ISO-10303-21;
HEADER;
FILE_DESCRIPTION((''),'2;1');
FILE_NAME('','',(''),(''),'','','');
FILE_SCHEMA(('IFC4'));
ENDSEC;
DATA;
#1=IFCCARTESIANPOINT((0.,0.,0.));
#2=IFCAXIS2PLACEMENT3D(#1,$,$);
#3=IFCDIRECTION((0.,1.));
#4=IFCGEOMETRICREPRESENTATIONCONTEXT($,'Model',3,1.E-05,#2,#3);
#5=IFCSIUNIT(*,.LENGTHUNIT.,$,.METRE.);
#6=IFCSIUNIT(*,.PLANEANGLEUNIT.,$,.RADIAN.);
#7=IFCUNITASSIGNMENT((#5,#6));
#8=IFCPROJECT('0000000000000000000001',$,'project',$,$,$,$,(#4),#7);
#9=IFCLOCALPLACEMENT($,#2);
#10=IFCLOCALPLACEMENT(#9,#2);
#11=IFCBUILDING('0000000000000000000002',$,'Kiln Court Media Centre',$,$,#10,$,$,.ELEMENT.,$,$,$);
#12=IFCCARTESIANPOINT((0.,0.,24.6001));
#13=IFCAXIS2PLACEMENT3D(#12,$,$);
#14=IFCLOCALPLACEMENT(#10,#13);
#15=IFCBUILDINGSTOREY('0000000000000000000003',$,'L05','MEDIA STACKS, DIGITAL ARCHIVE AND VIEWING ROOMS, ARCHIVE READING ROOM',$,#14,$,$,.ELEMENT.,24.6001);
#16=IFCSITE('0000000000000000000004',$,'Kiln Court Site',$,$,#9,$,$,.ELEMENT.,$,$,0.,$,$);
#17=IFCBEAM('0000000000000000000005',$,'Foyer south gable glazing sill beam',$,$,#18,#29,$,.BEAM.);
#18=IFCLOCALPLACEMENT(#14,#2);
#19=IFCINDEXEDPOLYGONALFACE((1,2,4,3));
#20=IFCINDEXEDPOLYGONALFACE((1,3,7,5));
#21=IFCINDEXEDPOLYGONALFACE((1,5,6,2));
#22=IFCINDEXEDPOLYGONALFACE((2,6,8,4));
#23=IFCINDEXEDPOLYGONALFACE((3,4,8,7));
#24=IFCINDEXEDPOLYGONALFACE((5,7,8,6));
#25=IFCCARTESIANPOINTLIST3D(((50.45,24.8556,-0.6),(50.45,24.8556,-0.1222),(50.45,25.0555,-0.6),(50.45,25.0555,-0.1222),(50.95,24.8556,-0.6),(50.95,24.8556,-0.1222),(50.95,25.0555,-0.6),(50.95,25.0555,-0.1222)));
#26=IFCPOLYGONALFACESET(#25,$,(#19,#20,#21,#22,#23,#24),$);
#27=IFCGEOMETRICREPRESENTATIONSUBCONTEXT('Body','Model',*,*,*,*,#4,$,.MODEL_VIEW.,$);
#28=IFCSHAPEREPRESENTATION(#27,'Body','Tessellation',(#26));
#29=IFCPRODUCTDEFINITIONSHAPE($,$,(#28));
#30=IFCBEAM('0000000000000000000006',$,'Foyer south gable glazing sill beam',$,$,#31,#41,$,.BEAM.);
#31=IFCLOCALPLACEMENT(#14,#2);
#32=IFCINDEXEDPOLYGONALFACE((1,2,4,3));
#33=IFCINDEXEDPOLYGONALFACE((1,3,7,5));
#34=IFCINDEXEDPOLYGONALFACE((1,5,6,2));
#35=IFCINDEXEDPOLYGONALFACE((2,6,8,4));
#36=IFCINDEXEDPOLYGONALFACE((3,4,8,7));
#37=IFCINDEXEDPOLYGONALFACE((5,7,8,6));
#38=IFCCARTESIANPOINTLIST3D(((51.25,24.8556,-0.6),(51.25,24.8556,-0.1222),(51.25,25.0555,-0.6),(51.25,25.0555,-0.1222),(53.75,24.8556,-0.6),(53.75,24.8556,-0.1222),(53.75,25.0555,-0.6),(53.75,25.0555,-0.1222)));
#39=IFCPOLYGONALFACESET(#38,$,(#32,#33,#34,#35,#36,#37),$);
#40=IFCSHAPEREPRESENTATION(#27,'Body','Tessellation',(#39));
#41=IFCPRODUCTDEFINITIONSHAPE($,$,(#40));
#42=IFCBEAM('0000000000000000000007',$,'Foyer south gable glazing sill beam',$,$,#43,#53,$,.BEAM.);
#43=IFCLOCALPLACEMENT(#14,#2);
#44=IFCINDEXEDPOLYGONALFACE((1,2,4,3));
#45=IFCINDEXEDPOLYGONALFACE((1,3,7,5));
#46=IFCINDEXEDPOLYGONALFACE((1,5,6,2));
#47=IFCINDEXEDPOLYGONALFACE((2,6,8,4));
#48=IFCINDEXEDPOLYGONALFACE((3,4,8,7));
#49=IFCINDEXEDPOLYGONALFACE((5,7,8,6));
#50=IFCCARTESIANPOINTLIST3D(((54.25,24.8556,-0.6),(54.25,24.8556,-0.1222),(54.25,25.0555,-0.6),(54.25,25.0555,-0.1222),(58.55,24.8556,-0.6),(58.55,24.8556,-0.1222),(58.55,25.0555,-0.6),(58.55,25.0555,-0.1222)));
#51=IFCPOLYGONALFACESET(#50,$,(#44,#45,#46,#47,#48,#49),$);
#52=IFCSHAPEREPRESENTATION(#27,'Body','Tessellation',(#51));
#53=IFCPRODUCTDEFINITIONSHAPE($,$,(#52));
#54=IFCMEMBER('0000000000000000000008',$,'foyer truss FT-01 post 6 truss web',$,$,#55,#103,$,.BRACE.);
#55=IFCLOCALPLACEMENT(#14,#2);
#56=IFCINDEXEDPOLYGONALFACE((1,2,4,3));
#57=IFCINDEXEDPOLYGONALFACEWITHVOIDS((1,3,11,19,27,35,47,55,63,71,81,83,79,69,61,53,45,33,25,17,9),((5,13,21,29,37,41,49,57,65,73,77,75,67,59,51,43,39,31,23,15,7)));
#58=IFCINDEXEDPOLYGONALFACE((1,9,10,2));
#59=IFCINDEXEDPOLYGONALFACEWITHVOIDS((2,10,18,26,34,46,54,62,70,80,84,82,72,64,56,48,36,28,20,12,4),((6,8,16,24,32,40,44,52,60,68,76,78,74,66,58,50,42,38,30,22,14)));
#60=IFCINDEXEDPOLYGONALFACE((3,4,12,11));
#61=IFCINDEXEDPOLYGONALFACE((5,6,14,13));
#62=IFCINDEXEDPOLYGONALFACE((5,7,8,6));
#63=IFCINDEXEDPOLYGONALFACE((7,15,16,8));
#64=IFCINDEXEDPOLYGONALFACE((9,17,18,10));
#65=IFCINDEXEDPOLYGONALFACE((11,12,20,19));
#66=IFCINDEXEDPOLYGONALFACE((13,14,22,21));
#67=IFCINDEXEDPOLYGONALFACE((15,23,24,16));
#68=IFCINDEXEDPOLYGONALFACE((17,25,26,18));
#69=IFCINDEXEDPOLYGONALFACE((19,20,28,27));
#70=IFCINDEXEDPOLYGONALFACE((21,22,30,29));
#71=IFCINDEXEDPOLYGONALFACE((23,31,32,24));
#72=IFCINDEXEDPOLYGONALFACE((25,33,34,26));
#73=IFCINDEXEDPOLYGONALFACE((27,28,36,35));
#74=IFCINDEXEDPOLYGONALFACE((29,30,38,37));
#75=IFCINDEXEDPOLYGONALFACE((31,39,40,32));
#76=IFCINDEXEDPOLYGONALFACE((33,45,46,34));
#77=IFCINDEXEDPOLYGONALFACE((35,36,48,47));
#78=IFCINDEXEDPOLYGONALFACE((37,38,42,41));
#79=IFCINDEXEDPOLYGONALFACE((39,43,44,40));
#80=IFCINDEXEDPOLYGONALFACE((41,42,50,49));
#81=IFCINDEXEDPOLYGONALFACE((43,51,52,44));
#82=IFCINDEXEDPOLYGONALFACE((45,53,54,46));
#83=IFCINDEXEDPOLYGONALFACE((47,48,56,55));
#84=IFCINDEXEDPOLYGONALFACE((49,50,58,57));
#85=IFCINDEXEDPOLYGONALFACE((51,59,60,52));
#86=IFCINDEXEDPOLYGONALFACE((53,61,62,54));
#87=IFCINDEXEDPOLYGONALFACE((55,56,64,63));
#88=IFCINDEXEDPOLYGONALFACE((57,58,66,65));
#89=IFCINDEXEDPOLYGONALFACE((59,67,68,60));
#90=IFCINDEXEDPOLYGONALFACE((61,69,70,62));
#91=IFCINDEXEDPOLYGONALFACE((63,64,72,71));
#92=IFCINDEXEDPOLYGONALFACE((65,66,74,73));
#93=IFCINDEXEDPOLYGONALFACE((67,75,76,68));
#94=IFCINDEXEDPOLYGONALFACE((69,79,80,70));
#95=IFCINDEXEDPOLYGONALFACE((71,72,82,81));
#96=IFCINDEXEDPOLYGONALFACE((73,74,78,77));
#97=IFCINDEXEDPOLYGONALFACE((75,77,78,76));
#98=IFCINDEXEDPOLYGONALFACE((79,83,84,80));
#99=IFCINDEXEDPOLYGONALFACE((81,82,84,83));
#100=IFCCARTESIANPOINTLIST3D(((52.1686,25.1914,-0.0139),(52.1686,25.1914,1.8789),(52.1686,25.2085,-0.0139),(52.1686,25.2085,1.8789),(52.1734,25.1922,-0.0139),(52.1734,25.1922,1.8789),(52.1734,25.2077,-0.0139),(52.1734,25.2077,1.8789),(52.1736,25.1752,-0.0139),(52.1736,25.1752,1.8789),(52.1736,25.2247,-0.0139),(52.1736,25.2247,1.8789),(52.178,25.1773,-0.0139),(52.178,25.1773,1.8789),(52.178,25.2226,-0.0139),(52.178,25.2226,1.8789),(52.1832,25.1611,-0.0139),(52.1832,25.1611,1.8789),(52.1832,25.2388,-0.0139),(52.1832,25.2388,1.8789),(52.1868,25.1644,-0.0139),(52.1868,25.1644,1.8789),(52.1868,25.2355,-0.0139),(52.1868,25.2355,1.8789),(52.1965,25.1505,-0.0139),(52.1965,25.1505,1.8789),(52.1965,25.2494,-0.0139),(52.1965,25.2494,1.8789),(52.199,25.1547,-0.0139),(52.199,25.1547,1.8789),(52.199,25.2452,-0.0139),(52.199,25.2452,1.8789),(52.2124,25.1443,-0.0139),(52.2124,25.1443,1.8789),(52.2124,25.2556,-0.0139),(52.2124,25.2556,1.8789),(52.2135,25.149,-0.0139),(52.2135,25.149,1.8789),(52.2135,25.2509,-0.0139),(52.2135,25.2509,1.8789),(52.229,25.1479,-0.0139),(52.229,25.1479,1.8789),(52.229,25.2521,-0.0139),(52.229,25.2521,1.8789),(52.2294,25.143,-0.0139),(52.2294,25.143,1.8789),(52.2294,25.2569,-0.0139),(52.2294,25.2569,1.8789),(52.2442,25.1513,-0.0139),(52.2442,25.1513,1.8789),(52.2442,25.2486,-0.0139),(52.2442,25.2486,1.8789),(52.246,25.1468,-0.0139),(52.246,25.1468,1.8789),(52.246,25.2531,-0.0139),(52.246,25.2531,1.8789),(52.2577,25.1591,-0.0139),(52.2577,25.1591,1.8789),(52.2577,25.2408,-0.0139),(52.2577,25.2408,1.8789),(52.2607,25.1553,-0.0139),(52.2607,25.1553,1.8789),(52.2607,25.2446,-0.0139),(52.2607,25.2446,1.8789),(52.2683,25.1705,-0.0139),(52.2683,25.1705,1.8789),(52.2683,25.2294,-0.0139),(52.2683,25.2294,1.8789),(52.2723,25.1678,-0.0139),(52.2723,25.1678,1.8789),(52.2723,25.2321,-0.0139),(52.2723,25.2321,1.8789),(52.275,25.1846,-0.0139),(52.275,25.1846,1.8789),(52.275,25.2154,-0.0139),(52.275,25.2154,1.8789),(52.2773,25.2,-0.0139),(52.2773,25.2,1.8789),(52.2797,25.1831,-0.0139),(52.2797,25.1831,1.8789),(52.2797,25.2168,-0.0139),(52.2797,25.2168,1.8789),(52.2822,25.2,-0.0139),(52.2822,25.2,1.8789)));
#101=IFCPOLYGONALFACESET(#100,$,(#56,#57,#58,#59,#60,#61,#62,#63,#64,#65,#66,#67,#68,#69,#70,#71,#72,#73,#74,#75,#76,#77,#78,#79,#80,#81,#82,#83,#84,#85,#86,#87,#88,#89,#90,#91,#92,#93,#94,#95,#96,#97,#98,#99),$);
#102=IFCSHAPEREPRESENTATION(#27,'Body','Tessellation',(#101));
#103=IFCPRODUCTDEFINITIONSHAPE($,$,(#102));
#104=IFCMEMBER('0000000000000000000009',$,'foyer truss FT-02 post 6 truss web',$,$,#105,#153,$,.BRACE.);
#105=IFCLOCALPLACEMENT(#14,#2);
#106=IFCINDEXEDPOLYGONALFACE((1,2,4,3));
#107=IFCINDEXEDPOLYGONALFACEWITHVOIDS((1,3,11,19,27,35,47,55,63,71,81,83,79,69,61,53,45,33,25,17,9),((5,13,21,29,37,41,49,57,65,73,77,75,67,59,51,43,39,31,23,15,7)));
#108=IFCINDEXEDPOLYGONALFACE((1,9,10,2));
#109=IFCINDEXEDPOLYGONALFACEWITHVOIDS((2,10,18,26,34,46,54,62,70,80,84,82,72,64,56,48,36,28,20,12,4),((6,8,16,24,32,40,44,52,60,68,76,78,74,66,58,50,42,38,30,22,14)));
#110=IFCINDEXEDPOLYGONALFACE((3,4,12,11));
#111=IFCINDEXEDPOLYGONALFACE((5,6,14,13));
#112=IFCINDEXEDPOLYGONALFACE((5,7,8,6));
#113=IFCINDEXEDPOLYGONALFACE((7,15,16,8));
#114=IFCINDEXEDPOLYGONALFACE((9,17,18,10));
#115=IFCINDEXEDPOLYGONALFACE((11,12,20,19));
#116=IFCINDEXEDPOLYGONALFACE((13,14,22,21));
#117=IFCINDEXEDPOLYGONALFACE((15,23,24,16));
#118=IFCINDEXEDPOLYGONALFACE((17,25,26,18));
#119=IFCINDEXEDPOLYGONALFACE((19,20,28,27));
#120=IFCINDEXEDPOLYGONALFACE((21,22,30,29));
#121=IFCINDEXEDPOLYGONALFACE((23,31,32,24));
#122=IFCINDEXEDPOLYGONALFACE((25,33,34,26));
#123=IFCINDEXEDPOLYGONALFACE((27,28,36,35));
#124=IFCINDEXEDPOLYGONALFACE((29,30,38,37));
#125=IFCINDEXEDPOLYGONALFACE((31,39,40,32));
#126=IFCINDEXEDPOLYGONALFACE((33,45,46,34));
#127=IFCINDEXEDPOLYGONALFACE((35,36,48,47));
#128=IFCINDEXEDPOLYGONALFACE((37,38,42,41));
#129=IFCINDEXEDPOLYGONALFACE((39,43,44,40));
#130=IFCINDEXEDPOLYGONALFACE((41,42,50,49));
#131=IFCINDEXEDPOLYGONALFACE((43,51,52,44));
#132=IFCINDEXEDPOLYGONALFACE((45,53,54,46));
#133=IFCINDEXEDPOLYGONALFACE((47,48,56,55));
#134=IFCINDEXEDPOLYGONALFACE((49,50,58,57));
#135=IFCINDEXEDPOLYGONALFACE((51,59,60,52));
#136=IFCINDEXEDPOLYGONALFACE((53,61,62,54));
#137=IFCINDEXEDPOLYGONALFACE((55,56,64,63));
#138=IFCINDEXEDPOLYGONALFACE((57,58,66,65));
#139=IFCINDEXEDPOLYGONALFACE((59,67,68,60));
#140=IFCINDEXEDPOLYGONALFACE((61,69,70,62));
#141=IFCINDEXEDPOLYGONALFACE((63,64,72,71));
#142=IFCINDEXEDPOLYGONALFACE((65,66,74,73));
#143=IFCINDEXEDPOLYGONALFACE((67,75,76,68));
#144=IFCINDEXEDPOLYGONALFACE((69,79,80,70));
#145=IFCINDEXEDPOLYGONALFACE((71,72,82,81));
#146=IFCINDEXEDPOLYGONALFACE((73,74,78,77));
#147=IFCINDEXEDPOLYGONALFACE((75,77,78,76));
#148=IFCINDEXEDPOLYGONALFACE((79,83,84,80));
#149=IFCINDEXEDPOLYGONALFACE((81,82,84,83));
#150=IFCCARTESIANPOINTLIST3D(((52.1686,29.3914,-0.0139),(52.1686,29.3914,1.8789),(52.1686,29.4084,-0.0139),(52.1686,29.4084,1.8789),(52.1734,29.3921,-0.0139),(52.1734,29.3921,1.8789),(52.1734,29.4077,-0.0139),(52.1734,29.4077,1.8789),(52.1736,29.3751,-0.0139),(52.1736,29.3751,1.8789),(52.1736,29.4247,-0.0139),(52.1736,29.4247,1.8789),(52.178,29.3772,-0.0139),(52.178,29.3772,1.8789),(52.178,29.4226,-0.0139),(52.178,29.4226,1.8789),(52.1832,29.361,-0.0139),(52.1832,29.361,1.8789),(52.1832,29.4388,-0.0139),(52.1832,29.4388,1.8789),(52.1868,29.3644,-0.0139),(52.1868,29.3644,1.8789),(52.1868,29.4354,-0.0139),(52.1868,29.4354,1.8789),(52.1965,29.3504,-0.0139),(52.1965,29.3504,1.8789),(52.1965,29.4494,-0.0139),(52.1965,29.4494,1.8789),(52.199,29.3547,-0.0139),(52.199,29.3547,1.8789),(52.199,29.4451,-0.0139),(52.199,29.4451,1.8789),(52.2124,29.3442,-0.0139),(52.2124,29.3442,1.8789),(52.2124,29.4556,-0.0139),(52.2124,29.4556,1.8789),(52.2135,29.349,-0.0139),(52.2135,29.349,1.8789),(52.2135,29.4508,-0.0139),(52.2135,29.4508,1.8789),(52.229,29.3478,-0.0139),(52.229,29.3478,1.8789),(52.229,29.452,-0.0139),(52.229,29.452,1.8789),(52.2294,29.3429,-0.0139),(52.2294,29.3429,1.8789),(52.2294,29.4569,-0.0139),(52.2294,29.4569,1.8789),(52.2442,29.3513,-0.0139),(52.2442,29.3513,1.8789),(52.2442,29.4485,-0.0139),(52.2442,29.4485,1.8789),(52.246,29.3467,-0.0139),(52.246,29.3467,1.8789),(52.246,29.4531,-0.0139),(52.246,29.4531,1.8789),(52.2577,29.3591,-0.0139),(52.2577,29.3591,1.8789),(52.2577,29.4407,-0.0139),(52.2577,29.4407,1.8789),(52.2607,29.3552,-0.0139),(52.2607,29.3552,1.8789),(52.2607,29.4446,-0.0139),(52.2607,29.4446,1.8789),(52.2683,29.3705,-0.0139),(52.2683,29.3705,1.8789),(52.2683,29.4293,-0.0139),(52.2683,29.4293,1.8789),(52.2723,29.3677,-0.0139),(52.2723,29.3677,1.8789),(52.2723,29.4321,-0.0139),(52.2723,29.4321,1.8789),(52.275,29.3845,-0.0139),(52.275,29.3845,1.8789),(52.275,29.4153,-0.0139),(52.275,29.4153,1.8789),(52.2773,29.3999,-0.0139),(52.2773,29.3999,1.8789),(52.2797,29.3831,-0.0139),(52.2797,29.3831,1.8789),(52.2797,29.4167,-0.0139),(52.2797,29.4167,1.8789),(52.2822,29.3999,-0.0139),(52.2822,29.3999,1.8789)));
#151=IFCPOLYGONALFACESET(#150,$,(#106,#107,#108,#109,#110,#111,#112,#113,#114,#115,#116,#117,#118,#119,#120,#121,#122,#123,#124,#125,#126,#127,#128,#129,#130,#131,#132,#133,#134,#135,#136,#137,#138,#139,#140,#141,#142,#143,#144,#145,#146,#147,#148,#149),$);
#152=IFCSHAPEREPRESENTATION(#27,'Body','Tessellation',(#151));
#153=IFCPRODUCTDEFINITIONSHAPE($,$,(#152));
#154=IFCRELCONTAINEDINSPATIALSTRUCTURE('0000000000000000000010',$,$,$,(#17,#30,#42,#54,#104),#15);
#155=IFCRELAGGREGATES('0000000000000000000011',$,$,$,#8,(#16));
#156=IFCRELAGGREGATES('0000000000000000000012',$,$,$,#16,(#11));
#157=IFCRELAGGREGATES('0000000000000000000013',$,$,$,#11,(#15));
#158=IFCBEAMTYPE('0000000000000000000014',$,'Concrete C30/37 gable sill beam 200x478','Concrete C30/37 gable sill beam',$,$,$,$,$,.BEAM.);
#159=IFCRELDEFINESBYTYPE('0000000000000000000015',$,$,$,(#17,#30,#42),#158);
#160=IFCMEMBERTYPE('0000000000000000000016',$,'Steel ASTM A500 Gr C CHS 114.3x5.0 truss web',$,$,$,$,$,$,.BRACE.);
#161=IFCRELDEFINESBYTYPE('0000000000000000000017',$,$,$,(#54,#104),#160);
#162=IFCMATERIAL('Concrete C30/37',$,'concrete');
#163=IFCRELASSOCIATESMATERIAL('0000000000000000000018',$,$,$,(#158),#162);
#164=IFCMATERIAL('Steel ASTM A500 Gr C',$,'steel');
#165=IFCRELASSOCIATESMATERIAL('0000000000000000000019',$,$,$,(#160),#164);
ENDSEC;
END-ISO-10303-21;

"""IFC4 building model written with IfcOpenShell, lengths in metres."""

from ifc_helpers import new_model, si_unit, direction, frame, origin, origin_2d, place, context, subcontext, project, spatial, rectangle, hollow_circle, extrude, material, material_profile, profile_set, type_object, element, save


model = new_model("IFC4")

# Units and contexts
model_context = context("Model", 3, precision=1e-05, world=origin(), true_north=direction((0.0, 1.0)))
body_context = subcontext(model_context, "Body", "Model", "MODEL_VIEW")
ifc_project = project(units=[si_unit("LENGTHUNIT", "METRE"), si_unit("PLANEANGLEUNIT", "RADIAN")], contexts=[model_context])

# Site, building, storey
site_placement = place(None, origin())
site = spatial("IfcSite", under=ifc_project, at=site_placement, Name="Kiln Court Site", CompositionType="ELEMENT", RefElevation=0.0)
building_placement = place(site_placement, origin())
building = spatial("IfcBuilding", under=site, at=building_placement, Name="Kiln Court Media Centre", CompositionType="ELEMENT")
storey_placement = place(building_placement, frame((0.0, 0.0, 24.6001)))
storey = spatial("IfcBuildingStorey", under=building, at=storey_placement, Name="L05", Description="MEDIA STACKS, DIGITAL ARCHIVE AND VIEWING ROOMS, ARCHIVE READING ROOM", CompositionType="ELEMENT", Elevation=24.6001)

# Beams
ifc_material_1 = material(Name="Concrete C30/37", Category="concrete")
ifc_material_profile_1 = material_profile(ifc_material_1, rectangle(XDim=0.2, YDim=0.4778, at=origin_2d()), Name="RC 200x478")
ifc_profile_set_1 = profile_set([ifc_material_profile_1], Name="Concrete C30/37")
beam_type = type_object("IfcBeamType", Name="Concrete C30/37 gable sill beam 200x478", Description="Concrete C30/37 gable sill beam", PredefinedType="BEAM", material=ifc_profile_set_1)
beam_1_placement = place(storey_placement, frame((50.45, 24.9556, -0.3611), z_axis=(1.0, 0.0, 0.0), x_axis=(0.0, 1.0, 0.0)))
element("IfcBeam", 1, at=beam_1_placement, inside=storey, type_object=beam_type, Name="Foyer south gable glazing sill beam", PredefinedType="BEAM", context=body_context, shape_type="SweptSolid", body=[
    extrude(rectangle(XDim=0.2, YDim=0.4778, at=origin_2d()), origin(), (0.0, 0.0, 1.0), 0.5),
])
beam_2_placement = place(storey_placement, frame((51.25, 24.9556, -0.3611), z_axis=(1.0, 0.0, 0.0), x_axis=(0.0, 1.0, 0.0)))
element("IfcBeam", 2, at=beam_2_placement, inside=storey, type_object=beam_type, Name="Foyer south gable glazing sill beam", PredefinedType="BEAM", context=body_context, shape_type="SweptSolid", body=[
    extrude(rectangle(XDim=0.2, YDim=0.4778, at=origin_2d()), origin(), (0.0, 0.0, 1.0), 2.5),
])
beam_3_placement = place(storey_placement, frame((54.25, 24.9556, -0.3611), z_axis=(1.0, 0.0, 0.0), x_axis=(0.0, 1.0, 0.0)))
element("IfcBeam", 3, at=beam_3_placement, inside=storey, type_object=beam_type, Name="Foyer south gable glazing sill beam", PredefinedType="BEAM", context=body_context, shape_type="SweptSolid", body=[
    extrude(rectangle(XDim=0.2, YDim=0.4778, at=origin_2d()), origin(), (0.0, 0.0, 1.0), 4.3),
])

# Members
ifc_material_2 = material(Name="Steel ASTM A500 Gr C", Category="steel")
ifc_material_profile_2 = material_profile(ifc_material_2, hollow_circle(Radius=0.0571, WallThickness=0.0049, at=origin_2d()), Name="CHS 114.3x5.0")
ifc_profile_set_2 = profile_set([ifc_material_profile_2], Name="Steel ASTM A500 Gr C")
member_type_1 = type_object("IfcMemberType", Name="Steel ASTM A500 Gr C CHS 114.3x5.0 truss web", PredefinedType="BRACE", material=ifc_profile_set_2)
for number, where, z_axis, x_axis, name in (
    (4, (52.2251, 25.2, -0.0139), (0.0, 0.0, 1.0), (1.0, 0.0, 0.0), "foyer truss FT-01 post 6 truss web"),
    (5, (52.2251, 29.3999, -0.0139), (0.0, 0.0, 1.0), (1.0, 0.0, 0.0), "foyer truss FT-02 post 6 truss web"),
):
    element("IfcMember", number, at=place(storey_placement, frame(where, z_axis=z_axis, x_axis=x_axis)), inside=storey, type_object=member_type_1, Name=name, PredefinedType="BRACE", context=body_context, shape_type="SweptSolid", body=[
        extrude(hollow_circle(Radius=0.0571, WallThickness=0.0049, at=origin_2d()), origin(), (0.0, 0.0, 1.0), 1.8928),
    ])

save(model, "model.ifc")
